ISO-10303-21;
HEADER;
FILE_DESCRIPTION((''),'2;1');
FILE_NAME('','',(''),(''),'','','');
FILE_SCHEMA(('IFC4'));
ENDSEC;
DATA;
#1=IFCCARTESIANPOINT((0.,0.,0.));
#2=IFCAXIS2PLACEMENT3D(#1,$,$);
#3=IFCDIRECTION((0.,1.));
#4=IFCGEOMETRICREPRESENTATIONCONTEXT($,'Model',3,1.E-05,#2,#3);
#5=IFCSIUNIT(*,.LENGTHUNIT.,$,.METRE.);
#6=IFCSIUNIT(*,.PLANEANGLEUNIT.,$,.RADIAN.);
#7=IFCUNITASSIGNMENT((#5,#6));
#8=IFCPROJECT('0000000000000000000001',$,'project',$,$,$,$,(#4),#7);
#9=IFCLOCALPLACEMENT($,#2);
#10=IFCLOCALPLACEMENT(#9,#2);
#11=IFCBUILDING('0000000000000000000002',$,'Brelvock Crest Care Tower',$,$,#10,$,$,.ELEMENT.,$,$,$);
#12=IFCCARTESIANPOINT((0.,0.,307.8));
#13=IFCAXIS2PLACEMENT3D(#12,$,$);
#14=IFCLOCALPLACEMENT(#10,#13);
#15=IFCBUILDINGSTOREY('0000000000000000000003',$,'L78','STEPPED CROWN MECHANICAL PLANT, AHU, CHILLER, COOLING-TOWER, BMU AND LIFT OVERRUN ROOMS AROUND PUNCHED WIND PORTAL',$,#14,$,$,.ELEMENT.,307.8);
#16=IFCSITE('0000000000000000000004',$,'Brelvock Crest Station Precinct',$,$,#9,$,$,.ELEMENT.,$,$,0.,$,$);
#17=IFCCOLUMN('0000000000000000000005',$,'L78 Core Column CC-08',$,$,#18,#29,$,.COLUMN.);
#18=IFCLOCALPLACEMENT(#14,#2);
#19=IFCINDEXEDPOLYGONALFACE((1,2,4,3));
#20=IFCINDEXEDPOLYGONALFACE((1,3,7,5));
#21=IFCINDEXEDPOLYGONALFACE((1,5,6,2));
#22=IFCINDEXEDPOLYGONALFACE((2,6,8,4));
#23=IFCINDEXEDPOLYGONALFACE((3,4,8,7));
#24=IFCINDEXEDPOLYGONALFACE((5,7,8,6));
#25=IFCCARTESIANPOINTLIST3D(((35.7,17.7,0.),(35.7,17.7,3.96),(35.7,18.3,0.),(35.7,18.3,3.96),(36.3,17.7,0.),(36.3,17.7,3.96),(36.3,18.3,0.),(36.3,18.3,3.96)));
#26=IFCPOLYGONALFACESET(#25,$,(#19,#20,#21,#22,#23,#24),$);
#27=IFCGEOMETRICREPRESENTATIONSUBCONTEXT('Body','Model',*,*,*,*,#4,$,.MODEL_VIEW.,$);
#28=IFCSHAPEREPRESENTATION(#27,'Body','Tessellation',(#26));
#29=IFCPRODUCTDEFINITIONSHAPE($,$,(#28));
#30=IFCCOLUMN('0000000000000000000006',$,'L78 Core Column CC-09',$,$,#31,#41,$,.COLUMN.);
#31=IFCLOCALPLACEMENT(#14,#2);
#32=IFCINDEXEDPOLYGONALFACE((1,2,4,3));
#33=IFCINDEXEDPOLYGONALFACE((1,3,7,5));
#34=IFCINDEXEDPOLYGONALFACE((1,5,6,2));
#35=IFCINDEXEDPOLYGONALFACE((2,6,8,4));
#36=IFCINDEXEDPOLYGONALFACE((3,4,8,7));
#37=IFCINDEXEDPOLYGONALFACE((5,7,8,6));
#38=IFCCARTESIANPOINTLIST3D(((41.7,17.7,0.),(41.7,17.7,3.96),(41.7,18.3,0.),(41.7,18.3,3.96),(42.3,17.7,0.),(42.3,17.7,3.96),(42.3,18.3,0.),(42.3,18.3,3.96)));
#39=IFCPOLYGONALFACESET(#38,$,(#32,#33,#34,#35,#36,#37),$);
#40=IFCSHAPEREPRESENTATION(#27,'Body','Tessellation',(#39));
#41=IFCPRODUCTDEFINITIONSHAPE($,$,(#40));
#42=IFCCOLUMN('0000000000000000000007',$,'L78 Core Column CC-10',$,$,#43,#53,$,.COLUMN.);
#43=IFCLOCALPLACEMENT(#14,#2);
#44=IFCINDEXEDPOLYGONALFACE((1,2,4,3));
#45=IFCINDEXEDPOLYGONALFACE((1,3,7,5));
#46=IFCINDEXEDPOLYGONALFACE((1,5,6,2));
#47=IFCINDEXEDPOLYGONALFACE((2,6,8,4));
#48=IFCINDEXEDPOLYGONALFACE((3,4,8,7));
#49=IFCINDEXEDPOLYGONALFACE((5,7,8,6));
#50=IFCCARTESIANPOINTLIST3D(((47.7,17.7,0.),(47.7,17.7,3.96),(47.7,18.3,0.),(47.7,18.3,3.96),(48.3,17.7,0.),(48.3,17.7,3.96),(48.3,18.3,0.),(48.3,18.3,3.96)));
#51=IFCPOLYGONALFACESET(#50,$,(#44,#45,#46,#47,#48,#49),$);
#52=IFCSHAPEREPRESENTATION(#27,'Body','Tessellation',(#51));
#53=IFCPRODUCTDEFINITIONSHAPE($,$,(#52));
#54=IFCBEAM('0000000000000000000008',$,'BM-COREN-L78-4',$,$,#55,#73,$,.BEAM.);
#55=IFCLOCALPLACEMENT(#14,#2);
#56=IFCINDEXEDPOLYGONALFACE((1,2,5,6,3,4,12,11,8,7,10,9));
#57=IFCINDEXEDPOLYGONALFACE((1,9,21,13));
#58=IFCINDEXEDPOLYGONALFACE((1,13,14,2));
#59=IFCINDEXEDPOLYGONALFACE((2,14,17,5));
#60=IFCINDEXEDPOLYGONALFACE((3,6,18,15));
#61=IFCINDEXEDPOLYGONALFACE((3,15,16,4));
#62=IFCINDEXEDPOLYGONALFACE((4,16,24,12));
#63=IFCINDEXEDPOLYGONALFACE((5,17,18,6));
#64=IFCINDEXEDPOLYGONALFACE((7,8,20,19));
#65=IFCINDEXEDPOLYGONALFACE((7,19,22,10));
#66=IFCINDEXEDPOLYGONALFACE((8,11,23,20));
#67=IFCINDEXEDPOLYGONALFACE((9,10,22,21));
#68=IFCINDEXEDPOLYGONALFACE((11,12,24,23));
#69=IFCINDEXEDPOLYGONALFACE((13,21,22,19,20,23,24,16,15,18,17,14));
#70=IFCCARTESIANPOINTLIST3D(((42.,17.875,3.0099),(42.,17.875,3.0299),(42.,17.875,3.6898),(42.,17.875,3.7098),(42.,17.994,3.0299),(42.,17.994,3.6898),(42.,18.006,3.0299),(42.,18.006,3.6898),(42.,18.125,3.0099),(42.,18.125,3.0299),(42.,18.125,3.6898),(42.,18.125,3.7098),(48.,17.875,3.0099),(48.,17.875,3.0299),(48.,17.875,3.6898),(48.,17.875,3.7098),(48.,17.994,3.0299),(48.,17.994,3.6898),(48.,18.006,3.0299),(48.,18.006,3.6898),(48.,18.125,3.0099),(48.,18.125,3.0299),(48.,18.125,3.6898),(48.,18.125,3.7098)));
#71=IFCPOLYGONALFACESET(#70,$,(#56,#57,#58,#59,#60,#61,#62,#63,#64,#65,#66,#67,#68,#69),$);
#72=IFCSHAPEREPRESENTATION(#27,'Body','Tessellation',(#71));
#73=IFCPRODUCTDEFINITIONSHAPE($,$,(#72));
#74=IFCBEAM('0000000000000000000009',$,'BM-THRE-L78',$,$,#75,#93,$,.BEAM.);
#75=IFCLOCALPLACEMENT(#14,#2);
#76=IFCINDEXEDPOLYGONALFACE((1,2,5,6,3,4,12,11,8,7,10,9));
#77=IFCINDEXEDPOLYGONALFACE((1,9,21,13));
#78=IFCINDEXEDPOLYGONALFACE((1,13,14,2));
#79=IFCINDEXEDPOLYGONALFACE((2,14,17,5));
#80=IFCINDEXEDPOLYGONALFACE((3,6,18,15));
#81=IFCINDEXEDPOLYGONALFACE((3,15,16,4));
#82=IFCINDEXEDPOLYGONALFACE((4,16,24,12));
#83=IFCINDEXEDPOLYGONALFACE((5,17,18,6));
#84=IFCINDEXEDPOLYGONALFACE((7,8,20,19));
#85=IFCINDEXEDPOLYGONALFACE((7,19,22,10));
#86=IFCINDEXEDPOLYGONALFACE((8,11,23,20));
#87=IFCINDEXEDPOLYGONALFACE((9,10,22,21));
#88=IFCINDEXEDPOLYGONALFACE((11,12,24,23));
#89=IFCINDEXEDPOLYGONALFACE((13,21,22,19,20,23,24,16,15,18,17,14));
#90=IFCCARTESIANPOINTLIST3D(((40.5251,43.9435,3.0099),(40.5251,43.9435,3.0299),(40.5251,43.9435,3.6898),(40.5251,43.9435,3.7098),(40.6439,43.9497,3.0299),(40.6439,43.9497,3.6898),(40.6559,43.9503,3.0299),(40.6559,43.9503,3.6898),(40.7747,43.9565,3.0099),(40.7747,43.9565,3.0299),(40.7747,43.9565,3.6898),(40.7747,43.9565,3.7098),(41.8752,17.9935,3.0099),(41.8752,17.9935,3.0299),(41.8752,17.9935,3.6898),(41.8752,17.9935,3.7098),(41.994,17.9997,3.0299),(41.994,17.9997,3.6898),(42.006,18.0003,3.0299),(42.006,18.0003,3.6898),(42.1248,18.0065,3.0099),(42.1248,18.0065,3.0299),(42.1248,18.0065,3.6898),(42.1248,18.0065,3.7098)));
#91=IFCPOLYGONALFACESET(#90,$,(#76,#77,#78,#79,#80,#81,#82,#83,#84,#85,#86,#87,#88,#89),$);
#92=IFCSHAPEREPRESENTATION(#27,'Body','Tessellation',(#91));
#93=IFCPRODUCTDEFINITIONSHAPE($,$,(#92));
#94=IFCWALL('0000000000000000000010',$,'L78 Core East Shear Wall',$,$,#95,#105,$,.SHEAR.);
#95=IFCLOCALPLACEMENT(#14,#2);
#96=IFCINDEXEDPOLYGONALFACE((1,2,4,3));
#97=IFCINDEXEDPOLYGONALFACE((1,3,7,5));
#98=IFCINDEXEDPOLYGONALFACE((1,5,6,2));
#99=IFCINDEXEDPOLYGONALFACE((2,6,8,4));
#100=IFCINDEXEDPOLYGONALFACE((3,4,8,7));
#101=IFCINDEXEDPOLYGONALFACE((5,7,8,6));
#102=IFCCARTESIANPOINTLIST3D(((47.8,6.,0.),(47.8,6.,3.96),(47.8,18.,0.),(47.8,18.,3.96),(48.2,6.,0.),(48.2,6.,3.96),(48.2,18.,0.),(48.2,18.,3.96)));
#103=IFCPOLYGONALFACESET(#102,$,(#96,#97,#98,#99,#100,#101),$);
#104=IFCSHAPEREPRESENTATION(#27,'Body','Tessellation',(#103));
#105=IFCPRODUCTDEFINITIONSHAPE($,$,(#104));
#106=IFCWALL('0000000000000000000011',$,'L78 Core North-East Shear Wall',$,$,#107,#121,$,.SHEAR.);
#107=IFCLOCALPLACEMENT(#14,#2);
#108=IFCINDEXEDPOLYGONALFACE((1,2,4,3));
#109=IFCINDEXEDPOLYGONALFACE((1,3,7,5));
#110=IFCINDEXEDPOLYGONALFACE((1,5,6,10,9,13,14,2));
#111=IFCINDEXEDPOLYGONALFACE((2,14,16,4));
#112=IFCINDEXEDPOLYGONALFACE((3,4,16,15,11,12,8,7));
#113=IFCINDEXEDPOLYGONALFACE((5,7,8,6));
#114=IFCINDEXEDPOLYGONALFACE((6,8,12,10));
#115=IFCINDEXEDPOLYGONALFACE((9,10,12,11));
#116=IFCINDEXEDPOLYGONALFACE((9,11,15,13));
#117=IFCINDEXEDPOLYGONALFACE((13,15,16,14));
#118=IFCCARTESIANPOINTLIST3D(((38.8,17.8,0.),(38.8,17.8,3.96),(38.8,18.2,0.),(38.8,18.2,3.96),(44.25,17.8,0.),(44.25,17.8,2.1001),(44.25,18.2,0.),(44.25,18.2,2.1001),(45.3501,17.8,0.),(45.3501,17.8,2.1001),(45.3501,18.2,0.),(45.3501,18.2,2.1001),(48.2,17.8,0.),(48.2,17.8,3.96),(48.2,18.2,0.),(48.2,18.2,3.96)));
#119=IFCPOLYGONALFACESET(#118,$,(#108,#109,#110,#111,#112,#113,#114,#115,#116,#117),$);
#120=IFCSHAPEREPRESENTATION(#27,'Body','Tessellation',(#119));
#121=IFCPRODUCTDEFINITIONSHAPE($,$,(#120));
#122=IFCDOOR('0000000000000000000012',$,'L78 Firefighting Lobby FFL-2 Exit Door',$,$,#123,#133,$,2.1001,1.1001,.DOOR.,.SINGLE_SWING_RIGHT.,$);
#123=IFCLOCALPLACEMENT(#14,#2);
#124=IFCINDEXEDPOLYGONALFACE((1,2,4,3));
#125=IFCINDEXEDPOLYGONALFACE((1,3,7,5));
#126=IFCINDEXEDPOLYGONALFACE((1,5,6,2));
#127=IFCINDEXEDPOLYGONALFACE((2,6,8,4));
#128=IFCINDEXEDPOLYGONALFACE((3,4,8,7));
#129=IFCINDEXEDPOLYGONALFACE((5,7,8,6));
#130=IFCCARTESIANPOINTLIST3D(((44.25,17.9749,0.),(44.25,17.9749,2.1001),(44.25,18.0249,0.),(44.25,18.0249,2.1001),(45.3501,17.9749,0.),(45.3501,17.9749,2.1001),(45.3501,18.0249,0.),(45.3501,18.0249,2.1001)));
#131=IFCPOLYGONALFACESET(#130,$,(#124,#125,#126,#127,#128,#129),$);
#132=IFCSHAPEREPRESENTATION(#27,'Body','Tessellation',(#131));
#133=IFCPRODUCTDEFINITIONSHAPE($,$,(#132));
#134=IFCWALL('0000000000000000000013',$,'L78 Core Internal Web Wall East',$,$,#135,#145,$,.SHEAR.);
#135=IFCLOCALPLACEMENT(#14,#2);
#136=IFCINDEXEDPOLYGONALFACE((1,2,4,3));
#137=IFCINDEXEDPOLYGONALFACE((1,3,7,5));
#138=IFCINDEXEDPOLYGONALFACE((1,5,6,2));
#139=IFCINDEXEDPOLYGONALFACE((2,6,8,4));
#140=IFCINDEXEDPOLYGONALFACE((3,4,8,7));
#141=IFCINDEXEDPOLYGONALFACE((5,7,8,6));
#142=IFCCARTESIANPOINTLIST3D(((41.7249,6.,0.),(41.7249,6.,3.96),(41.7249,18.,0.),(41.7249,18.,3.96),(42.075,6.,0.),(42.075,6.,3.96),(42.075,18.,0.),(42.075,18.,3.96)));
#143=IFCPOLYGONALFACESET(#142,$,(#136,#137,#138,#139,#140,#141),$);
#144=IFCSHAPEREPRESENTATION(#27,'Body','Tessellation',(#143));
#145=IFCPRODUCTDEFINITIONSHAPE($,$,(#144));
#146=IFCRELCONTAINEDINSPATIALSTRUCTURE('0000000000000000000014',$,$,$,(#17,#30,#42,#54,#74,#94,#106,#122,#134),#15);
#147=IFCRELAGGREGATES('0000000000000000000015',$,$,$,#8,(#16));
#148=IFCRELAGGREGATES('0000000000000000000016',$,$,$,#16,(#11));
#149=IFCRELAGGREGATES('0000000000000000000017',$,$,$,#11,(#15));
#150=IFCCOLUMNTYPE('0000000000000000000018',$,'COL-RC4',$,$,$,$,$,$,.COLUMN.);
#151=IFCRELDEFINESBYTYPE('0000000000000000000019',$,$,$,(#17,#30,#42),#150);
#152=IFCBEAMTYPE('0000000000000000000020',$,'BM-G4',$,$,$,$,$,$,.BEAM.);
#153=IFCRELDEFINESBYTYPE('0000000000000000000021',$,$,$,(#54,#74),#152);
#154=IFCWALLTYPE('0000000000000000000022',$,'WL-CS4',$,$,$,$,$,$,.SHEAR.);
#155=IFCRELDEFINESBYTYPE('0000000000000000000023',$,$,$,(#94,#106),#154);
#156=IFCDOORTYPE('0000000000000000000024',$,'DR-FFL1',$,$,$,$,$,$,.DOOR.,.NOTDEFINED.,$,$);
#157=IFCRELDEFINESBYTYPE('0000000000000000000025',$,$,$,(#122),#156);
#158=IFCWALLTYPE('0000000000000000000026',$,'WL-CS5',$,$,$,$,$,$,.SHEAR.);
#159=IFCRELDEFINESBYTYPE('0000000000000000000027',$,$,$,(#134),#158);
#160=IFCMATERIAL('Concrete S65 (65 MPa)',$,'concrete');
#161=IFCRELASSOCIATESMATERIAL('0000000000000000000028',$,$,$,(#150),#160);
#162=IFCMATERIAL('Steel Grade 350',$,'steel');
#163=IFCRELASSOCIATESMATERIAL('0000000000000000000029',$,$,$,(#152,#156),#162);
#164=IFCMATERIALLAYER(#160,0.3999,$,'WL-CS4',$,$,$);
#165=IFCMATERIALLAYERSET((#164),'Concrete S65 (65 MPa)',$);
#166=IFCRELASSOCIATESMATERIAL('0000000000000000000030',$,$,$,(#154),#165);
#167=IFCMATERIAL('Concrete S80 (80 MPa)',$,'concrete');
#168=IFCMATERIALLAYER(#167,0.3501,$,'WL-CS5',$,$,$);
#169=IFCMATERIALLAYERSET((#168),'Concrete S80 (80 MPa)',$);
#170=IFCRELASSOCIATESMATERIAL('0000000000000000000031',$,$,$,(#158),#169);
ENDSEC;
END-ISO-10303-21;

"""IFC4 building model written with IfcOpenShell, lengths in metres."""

from ifc_helpers import new_model, si_unit, direction, frame, frame_2d, origin, origin_2d, place, context, subcontext, project, spatial, rectangle, i_section, extrude, source, transform, mapped, material, layer, layer_set, material_profile, profile_set, type_object, element, fill, save


model = new_model("IFC4")

# Units and contexts
model_context = context("Model", 3, precision=1e-05, world=origin(), true_north=direction((0.0, 1.0)))
body_context = subcontext(model_context, "Body", "Model", "MODEL_VIEW")
ifc_project = project(units=[si_unit("LENGTHUNIT", "METRE"), si_unit("PLANEANGLEUNIT", "RADIAN")], contexts=[model_context])

# Site, building, storey
site_placement = place(None, origin())
site = spatial("IfcSite", under=ifc_project, at=site_placement, Name="Brelvock Crest Station Precinct", CompositionType="ELEMENT", RefElevation=0.0)
building_placement = place(site_placement, origin())
building = spatial("IfcBuilding", under=site, at=building_placement, Name="Brelvock Crest Care Tower", CompositionType="ELEMENT")
storey_placement = place(building_placement, frame((0.0, 0.0, 307.8)))
storey = spatial("IfcBuildingStorey", under=building, at=storey_placement, Name="L78", Description="STEPPED CROWN MECHANICAL PLANT, AHU, CHILLER, COOLING-TOWER, BMU AND LIFT OVERRUN ROOMS AROUND PUNCHED WIND PORTAL", CompositionType="ELEMENT", Elevation=307.8)

# Columns
ifc_material_1 = material(Name="Concrete S65 (65 MPa)", Category="concrete")
ifc_material_profile_1 = material_profile(ifc_material_1, rectangle(XDim=0.6001, YDim=0.6001, at=origin_2d()), Name="RC600x600")
ifc_profile_set_1 = profile_set([ifc_material_profile_1], Name="Concrete S65 (65 MPa)")
column_type = type_object("IfcColumnType", Name="COL-RC4", PredefinedType="COLUMN", material=ifc_profile_set_1)
shared_shape_1 = source(origin(), body_context, "Body", "SweptSolid", [
    extrude(rectangle(XDim=0.6001, YDim=0.6001, at=origin_2d()), origin(), (0.0, 0.0, 1.0), 3.96),
])
for number, where, z_axis, x_axis, name in (
    (1, (36.0, 18.0, 0.0), (0.0, 0.0, 1.0), (1.0, 0.0, 0.0), "L78 Core Column CC-08"),
    (2, (42.0, 18.0, 0.0), (0.0, 0.0, 1.0), (1.0, 0.0, 0.0), "L78 Core Column CC-09"),
    (3, (48.0, 18.0, 0.0), (0.0, 0.0, 1.0), (1.0, 0.0, 0.0), "L78 Core Column CC-10"),
):
    element("IfcColumn", number, at=place(storey_placement, frame(where, z_axis=z_axis, x_axis=x_axis)), inside=storey, type_object=column_type, Name=name, PredefinedType="COLUMN", context=body_context, shape_type="MappedRepresentation", body=[
        mapped(shared_shape_1, transform((0.0, 0.0, 0.0), x_axis=(1.0, 0.0, 0.0), y_axis=(0.0, 1.0, 0.0), z_axis=(0.0, 0.0, 1.0), scale=1.0)),
    ])

# Beams
ifc_material_2 = material(Name="Steel Grade 350", Category="steel")
ifc_material_profile_2 = material_profile(ifc_material_2, i_section(OverallWidth=0.25, OverallDepth=0.7, WebThickness=0.012, FlangeThickness=0.02, at=origin_2d()), Name="700WB150")
ifc_profile_set_2 = profile_set([ifc_material_profile_2], Name="Steel Grade 350")
beam_type = type_object("IfcBeamType", Name="BM-G4", PredefinedType="BEAM", material=ifc_profile_set_2)
shared_shape_2 = source(origin(), body_context, "Body", "SweptSolid", [
    extrude(i_section(OverallWidth=0.25, OverallDepth=0.7, WebThickness=0.012, FlangeThickness=0.02, at=origin_2d()), origin(), (0.0, 0.0, 1.0), 6.0),
])
beam_1_placement = place(storey_placement, frame((42.0, 18.0, 3.3599), z_axis=(1.0, 0.0, 0.0), x_axis=(0.0, 1.0, 0.0)))
element("IfcBeam", 4, at=beam_1_placement, inside=storey, type_object=beam_type, Name="BM-COREN-L78-4", PredefinedType="BEAM", context=body_context, shape_type="MappedRepresentation", body=[
    mapped(shared_shape_2, transform((0.0, 0.0, 0.0), x_axis=(1.0, 0.0, 0.0), y_axis=(0.0, 1.0, 0.0), z_axis=(0.0, 0.0, 1.0), scale=1.0)),
])
shared_shape_3 = source(origin(), body_context, "Body", "SweptSolid", [
    extrude(i_section(OverallWidth=0.25, OverallDepth=0.7, WebThickness=0.012, FlangeThickness=0.02, at=origin_2d()), origin(), (0.0, 0.0, 1.0), 25.9851),
])
beam_2_placement = place(storey_placement, frame((42.0, 18.0, 3.3599), z_axis=(-0.051957, 0.998649, 0.0), x_axis=(-0.998649, -0.051957, 0.0)))
element("IfcBeam", 5, at=beam_2_placement, inside=storey, type_object=beam_type, Name="BM-THRE-L78", PredefinedType="BEAM", context=body_context, shape_type="MappedRepresentation", body=[
    mapped(shared_shape_3, transform((0.0, 0.0, 0.0), x_axis=(1.0, 0.0, 0.0), y_axis=(0.0, 1.0, 0.0), z_axis=(0.0, 0.0, 1.0), scale=1.0)),
])

# Wall
ifc_layer_1 = layer(ifc_material_1, 0.3999, Name="WL-CS4")
ifc_layer_set_1 = layer_set([ifc_layer_1], Name="Concrete S65 (65 MPa)")
wall_type_1 = type_object("IfcWallType", Name="WL-CS4", PredefinedType="SHEAR", material=ifc_layer_set_1)
wall_1_placement = place(storey_placement, frame((48.0, 18.0, 0.0), z_axis=(0.0, 0.0, 1.0), x_axis=(0.0, -1.0, 0.0)))
element("IfcWall", 6, at=wall_1_placement, inside=storey, type_object=wall_type_1, Name="L78 Core East Shear Wall", PredefinedType="SHEAR", context=body_context, shape_type="SweptSolid", body=[
    extrude(rectangle(XDim=12.0, YDim=0.3999, at=frame_2d((6.0, 0.0))), origin(), (0.0, 0.0, 1.0), 3.96),
])

# Wall, opening, door
wall_2_placement = place(storey_placement, frame((38.8, 18.0, 0.0), z_axis=(0.0, 0.0, 1.0), x_axis=(1.0, 0.0, 0.0)))
wall_2 = element("IfcWall", 7, at=wall_2_placement, inside=storey, type_object=wall_type_1, Name="L78 Core North-East Shear Wall", PredefinedType="SHEAR", context=body_context, shape_type="SweptSolid", body=[
    extrude(rectangle(XDim=9.3999, YDim=0.3999, at=frame_2d((4.7, 0.0))), origin(), (0.0, 0.0, 1.0), 3.96),
])
opening_1_placement = place(wall_2_placement, frame((5.45, 0.0, 0.0)))
opening_1 = element("IfcOpeningElement", 8, at=opening_1_placement, cuts=wall_2, PredefinedType="OPENING", context=body_context, shape_type="SweptSolid", body=[
    extrude(rectangle(XDim=1.1001, YDim=2.1001, at=origin_2d()), frame((0.55, 0.21, 1.05), z_axis=(0.0, -1.0, 0.0), x_axis=(1.0, 0.0, 0.0)), (0.0, 0.0, 1.0), 0.4199),
])
door_type_1 = type_object("IfcDoorType", Name="DR-FFL1", OperationType="NOTDEFINED", PredefinedType="DOOR", material=ifc_material_2)
shared_shape_4 = source(origin(), body_context, "Body", "SweptSolid", [
    extrude(rectangle(XDim=1.1001, YDim=2.1001, at=origin_2d()), frame((0.55, 0.0249, 1.05), z_axis=(0.0, -1.0, 0.0), x_axis=(1.0, 0.0, 0.0)), (0.0, 0.0, 1.0), 0.05),
])
door_1_placement = place(opening_1_placement, origin())
door_1 = element("IfcDoor", 9, at=door_1_placement, inside=storey, type_object=door_type_1, Name="L78 Firefighting Lobby FFL-2 Exit Door", OperationType="SINGLE_SWING_RIGHT", OverallHeight=2.1001, OverallWidth=1.1001, PredefinedType="DOOR", context=body_context, shape_type="MappedRepresentation", body=[
    mapped(shared_shape_4, transform((0.0, 0.0, 0.0), x_axis=(1.0, 0.0, 0.0), y_axis=(0.0, 1.0, 0.0), z_axis=(0.0, 0.0, 1.0), scale=1.0)),
])
fill(opening_1, door_1)

# Wall
ifc_material_3 = material(Name="Concrete S80 (80 MPa)", Category="concrete")
ifc_layer_2 = layer(ifc_material_3, 0.3501, Name="WL-CS5")
ifc_layer_set_2 = layer_set([ifc_layer_2], Name="Concrete S80 (80 MPa)")
wall_type_2 = type_object("IfcWallType", Name="WL-CS5", PredefinedType="SHEAR", material=ifc_layer_set_2)
wall_3_placement = place(storey_placement, frame((41.8999, 18.0, 0.0), z_axis=(0.0, 0.0, 1.0), x_axis=(0.0, -1.0, 0.0)))
element("IfcWall", 10, at=wall_3_placement, inside=storey, type_object=wall_type_2, Name="L78 Core Internal Web Wall East", PredefinedType="SHEAR", context=body_context, shape_type="SweptSolid", body=[
    extrude(rectangle(XDim=12.0, YDim=0.3501, at=frame_2d((6.0, 0.0))), origin(), (0.0, 0.0, 1.0), 3.96),
])

save(model, "model.ifc")
